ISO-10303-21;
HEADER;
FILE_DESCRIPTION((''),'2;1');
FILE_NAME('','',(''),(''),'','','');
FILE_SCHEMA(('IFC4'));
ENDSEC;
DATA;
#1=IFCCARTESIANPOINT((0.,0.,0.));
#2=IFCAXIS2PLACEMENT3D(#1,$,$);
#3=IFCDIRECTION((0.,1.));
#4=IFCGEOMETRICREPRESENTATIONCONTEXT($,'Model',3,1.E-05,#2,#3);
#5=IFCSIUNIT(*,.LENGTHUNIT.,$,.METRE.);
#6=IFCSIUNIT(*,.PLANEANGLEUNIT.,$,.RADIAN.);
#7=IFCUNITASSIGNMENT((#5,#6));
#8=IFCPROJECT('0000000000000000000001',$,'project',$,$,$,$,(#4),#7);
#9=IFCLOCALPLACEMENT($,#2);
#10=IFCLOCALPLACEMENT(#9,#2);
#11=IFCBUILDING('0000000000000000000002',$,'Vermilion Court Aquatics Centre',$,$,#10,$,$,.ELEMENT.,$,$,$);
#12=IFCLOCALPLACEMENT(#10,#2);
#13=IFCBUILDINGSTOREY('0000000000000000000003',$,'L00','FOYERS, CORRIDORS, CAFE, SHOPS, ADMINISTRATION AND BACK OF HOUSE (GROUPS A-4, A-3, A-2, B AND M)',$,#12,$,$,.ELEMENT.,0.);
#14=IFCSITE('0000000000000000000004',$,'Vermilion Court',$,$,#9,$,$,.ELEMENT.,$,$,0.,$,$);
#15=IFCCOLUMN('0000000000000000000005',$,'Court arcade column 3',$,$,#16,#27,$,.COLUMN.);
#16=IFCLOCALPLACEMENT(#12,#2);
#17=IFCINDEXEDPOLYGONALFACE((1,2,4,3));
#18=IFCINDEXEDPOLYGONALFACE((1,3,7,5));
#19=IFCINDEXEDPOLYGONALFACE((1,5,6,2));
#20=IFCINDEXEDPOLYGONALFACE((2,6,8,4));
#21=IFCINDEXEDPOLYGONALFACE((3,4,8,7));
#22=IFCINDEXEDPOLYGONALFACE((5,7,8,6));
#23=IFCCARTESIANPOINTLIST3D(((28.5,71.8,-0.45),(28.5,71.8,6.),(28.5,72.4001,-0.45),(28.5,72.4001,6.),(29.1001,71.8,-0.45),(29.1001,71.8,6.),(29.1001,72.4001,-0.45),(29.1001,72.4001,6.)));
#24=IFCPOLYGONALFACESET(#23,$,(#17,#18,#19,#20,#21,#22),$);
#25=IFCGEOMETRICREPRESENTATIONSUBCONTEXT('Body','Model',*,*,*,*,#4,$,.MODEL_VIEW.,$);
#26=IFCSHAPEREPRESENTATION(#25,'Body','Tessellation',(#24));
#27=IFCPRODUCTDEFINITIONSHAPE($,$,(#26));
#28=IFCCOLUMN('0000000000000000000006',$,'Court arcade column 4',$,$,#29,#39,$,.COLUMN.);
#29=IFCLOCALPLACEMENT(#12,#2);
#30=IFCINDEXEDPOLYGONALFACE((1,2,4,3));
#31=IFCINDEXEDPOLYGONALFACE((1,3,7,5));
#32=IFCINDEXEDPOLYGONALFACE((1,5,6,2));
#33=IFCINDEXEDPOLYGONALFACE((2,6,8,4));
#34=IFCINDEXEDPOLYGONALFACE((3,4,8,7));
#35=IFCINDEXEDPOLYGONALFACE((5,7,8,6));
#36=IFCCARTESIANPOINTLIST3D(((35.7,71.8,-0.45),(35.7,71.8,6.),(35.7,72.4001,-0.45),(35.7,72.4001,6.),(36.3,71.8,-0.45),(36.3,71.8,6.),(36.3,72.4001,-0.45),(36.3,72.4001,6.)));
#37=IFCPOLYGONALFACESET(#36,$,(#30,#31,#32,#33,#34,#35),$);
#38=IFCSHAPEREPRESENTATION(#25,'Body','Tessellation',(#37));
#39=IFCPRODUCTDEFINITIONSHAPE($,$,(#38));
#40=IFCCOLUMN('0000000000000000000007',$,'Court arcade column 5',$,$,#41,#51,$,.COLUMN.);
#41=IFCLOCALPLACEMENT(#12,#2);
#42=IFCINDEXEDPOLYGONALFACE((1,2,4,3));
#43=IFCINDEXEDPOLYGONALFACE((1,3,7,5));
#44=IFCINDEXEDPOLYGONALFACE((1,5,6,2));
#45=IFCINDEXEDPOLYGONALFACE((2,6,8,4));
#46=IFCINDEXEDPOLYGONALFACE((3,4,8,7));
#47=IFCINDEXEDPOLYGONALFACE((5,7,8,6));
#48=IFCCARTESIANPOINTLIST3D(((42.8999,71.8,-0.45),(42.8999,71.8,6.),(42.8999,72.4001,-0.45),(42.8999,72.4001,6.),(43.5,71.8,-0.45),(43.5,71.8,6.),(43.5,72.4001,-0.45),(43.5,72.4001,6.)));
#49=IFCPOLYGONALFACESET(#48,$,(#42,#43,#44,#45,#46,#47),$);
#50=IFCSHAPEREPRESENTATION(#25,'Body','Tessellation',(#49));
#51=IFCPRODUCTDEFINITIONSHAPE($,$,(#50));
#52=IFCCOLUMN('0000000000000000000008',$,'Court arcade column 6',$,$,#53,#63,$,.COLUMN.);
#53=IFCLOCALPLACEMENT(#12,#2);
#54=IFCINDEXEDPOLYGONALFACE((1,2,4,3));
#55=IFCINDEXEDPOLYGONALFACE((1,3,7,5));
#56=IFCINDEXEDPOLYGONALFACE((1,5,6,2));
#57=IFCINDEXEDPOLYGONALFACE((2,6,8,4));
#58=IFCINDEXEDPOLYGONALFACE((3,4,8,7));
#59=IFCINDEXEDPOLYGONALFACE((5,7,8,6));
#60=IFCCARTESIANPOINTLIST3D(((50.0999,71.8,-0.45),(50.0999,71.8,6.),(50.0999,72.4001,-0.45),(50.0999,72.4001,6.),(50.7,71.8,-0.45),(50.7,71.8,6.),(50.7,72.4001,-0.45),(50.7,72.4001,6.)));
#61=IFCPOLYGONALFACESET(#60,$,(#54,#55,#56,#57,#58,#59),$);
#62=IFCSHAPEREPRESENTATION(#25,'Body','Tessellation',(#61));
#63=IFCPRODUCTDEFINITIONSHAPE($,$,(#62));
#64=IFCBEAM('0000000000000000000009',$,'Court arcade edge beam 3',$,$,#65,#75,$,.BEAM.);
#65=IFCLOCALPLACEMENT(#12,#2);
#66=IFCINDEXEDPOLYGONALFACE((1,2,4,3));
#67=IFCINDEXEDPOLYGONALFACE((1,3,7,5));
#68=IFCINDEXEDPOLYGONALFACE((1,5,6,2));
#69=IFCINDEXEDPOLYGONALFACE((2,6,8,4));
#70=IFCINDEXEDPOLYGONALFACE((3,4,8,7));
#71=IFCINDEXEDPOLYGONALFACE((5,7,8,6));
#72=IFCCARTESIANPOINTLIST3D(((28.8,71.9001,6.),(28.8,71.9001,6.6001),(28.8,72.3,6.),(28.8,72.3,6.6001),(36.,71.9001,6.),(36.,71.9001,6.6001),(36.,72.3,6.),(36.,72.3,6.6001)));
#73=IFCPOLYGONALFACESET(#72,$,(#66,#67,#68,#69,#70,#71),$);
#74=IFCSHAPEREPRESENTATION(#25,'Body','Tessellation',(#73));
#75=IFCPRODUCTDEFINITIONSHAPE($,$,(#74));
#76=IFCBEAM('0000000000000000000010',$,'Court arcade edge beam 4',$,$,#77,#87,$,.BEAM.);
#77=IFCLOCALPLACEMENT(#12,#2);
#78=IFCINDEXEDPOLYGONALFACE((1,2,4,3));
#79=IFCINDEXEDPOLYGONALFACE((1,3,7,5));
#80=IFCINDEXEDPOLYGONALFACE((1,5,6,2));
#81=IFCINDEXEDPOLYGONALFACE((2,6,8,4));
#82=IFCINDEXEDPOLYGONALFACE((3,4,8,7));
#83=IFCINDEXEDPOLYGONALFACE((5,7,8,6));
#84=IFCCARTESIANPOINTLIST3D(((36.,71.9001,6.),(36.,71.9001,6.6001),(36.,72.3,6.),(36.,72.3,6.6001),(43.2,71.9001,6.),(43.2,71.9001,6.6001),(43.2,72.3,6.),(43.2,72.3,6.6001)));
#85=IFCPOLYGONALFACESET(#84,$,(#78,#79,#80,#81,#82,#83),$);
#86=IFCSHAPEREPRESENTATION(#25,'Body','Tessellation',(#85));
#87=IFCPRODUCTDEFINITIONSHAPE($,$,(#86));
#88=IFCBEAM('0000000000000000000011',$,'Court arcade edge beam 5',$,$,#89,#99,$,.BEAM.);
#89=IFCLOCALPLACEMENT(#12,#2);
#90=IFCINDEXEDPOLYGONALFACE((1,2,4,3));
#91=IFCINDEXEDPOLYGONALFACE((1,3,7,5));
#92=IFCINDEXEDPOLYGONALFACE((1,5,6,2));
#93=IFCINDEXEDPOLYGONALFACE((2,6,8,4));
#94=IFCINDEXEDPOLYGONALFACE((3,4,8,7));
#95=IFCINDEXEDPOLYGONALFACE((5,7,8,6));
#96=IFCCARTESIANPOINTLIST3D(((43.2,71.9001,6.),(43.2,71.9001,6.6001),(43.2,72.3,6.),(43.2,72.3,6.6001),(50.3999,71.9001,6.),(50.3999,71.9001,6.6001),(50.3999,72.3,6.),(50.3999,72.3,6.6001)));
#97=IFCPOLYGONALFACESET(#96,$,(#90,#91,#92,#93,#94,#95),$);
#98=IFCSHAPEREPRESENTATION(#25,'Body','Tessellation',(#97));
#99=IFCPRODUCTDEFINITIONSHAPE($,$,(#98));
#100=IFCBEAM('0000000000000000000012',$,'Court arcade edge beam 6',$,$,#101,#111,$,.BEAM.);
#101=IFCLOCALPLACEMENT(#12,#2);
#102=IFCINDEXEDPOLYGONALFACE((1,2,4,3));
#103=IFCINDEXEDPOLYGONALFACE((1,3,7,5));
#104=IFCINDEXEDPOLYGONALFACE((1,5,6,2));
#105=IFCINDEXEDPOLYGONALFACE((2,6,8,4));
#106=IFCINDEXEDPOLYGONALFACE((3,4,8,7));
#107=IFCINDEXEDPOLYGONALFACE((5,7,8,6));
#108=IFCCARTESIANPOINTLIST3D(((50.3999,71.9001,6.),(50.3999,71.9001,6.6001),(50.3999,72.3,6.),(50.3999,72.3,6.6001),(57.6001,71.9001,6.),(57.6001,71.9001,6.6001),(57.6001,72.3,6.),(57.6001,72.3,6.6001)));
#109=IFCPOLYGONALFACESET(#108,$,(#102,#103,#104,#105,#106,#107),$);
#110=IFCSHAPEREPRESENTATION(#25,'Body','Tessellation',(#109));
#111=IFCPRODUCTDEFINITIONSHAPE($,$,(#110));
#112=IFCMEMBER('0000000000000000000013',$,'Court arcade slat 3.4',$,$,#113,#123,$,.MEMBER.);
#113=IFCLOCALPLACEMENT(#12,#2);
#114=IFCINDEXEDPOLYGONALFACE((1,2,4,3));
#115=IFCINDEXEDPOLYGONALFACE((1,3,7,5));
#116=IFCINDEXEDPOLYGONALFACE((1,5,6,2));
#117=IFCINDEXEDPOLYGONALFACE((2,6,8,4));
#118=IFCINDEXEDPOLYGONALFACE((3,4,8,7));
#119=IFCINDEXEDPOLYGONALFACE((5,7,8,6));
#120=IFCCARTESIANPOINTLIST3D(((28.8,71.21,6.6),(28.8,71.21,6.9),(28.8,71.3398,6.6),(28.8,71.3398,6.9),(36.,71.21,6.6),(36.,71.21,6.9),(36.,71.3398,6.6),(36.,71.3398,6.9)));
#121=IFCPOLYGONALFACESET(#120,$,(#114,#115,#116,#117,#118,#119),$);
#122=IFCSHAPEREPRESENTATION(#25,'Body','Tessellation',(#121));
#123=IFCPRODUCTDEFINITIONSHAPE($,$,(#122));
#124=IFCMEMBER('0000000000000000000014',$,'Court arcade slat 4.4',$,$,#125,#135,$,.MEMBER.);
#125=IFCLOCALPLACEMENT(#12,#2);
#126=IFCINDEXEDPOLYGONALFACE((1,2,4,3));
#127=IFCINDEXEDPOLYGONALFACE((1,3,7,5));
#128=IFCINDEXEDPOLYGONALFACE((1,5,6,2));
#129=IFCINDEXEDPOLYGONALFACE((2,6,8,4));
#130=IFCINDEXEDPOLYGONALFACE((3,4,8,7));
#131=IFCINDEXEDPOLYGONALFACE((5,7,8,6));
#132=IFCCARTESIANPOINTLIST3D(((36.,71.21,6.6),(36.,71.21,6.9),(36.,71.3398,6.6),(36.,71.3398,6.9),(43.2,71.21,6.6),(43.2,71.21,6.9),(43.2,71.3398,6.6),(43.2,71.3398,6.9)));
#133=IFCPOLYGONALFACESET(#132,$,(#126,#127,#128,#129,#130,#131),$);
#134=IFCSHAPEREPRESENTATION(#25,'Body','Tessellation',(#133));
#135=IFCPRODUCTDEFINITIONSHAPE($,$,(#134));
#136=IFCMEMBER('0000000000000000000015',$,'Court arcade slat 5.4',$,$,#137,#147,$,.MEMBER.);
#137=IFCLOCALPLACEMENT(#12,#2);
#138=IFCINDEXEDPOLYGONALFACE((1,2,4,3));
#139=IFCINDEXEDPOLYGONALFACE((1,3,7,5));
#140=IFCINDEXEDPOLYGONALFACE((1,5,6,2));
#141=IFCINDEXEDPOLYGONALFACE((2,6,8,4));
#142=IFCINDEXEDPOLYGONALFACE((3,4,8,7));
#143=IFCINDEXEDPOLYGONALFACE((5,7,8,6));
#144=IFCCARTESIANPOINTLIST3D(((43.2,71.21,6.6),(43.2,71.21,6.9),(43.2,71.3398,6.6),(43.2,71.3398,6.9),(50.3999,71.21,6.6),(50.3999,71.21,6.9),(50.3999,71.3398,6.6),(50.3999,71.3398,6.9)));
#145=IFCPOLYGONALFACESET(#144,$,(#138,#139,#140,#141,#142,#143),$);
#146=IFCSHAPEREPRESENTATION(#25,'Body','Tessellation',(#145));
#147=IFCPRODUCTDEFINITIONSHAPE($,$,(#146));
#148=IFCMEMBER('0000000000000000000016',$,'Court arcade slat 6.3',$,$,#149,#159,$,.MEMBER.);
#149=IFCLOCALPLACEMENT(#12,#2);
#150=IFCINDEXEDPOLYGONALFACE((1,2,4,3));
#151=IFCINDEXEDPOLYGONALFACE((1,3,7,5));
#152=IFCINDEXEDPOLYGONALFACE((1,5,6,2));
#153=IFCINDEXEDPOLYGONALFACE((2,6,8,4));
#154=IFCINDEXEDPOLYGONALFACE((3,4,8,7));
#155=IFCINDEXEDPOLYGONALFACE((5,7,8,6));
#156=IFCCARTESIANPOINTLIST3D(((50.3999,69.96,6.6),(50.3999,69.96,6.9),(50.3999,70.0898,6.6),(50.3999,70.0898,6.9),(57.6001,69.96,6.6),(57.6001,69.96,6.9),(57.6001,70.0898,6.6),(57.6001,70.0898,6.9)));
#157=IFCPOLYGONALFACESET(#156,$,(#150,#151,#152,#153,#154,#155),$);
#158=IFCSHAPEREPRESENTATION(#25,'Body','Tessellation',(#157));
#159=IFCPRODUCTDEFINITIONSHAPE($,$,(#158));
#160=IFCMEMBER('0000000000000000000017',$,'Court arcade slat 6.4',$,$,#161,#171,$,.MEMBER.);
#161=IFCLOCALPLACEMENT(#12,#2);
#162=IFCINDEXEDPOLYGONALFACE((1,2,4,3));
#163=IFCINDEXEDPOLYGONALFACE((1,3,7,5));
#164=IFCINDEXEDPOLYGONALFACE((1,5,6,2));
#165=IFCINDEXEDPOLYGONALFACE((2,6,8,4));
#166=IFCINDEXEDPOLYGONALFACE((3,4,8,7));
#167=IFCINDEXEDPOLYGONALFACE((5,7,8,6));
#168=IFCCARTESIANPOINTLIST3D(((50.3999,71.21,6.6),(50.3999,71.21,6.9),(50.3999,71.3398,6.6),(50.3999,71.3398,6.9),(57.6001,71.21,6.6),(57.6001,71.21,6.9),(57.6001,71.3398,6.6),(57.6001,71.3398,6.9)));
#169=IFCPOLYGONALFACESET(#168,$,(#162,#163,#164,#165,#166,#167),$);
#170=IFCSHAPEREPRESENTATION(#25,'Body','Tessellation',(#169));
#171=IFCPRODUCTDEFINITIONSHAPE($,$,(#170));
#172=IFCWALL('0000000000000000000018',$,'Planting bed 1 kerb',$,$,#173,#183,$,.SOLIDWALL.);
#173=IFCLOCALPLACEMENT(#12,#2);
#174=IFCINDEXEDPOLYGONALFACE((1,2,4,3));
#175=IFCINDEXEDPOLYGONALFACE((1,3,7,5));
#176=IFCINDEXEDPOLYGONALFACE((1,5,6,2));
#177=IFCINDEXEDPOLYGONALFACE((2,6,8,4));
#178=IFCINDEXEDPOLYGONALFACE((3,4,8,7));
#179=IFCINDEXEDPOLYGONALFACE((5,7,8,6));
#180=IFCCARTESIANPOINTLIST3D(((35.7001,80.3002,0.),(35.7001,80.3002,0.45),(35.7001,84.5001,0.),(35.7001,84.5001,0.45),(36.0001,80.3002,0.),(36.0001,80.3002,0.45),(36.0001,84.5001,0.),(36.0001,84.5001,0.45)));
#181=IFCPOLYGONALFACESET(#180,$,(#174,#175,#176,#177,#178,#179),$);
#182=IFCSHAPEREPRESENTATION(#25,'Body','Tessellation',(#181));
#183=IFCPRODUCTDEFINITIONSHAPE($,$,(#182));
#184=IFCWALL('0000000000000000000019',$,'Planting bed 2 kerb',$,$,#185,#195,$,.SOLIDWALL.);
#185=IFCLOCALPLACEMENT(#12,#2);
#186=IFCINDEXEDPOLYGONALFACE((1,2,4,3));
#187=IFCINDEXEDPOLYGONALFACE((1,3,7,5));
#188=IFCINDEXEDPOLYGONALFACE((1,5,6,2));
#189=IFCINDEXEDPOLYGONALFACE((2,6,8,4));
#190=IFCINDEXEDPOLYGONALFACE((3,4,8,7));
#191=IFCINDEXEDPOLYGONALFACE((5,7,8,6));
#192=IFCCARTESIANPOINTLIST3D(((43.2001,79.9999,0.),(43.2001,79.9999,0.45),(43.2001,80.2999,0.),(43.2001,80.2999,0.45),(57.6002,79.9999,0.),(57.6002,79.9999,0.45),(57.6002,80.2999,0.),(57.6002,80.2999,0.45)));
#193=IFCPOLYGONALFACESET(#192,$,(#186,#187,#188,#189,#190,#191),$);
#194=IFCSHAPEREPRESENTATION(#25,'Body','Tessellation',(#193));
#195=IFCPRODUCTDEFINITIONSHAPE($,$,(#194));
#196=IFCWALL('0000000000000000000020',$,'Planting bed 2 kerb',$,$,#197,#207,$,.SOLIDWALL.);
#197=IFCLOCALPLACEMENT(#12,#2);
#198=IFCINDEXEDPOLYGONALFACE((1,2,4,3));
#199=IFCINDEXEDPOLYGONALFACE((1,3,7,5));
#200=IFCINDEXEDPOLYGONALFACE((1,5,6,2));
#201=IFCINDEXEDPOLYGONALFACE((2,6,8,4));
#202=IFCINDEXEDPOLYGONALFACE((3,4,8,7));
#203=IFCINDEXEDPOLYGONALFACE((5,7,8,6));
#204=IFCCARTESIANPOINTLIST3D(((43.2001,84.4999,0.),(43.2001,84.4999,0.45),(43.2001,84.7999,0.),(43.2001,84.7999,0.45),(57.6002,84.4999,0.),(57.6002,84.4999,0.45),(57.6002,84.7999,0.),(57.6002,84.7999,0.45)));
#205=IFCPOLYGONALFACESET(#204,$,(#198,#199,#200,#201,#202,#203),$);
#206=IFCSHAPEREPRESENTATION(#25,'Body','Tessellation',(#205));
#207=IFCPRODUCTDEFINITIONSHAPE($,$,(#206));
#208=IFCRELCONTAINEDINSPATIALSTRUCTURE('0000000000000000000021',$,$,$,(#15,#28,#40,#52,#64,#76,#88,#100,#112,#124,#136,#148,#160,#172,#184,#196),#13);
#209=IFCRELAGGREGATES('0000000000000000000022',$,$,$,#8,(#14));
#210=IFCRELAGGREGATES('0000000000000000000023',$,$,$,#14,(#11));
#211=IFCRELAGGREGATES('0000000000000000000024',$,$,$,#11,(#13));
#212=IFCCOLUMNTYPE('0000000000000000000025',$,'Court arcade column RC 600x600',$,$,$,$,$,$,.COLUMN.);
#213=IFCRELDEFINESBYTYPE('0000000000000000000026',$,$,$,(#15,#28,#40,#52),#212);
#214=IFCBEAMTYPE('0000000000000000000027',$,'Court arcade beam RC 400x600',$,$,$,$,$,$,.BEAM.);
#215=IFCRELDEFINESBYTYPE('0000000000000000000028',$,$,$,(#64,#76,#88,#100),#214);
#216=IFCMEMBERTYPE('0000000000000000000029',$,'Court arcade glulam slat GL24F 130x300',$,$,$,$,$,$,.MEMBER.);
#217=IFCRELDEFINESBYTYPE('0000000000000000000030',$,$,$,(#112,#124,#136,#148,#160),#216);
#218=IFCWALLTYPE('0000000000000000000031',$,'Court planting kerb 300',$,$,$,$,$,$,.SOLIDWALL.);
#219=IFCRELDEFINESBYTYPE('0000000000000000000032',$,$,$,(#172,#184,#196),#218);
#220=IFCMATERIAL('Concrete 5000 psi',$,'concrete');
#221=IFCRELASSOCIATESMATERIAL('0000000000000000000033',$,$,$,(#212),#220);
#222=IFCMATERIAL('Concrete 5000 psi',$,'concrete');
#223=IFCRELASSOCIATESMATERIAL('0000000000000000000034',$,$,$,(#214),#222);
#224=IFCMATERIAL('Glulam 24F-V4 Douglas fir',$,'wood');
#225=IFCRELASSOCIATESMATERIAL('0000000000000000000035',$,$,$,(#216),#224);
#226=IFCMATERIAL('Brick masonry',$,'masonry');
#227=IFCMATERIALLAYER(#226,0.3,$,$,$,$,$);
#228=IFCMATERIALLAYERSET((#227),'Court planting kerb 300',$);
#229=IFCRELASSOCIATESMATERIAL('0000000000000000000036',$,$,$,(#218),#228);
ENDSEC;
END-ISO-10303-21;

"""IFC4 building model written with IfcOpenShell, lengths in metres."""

from ifc_helpers import new_model, si_unit, direction, frame, frame_2d, origin, origin_2d, place, context, subcontext, project, spatial, rectangle, extrude, material, layer, layer_set, material_profile, profile_set, type_object, element, save


model = new_model("IFC4")

# Units and contexts
model_context = context("Model", 3, precision=1e-05, world=origin(), true_north=direction((0.0, 1.0)))
body_context = subcontext(model_context, "Body", "Model", "MODEL_VIEW")
ifc_project = project(units=[si_unit("LENGTHUNIT", "METRE"), si_unit("PLANEANGLEUNIT", "RADIAN")], contexts=[model_context])

# Site, building, storey
site_placement = place(None, origin())
site = spatial("IfcSite", under=ifc_project, at=site_placement, Name="Vermilion Court", CompositionType="ELEMENT", RefElevation=0.0)
building_placement = place(site_placement, origin())
building = spatial("IfcBuilding", under=site, at=building_placement, Name="Vermilion Court Aquatics Centre", CompositionType="ELEMENT")
storey_placement = place(building_placement, origin())
storey = spatial("IfcBuildingStorey", under=building, at=storey_placement, Name="L00", Description="FOYERS, CORRIDORS, CAFE, SHOPS, ADMINISTRATION AND BACK OF HOUSE (GROUPS A-4, A-3, A-2, B AND M)", CompositionType="ELEMENT", Elevation=0.0)

# Columns
ifc_material_1 = material(Name="Concrete 5000 psi", Category="concrete")
ifc_material_profile_1 = material_profile(ifc_material_1, rectangle(XDim=0.6001, YDim=0.6001, at=origin_2d()), Name="RC 600x600")
ifc_profile_set_1 = profile_set([ifc_material_profile_1], Name="Concrete 5000 psi")
column_type = type_object("IfcColumnType", Name="Court arcade column RC 600x600", PredefinedType="COLUMN", material=ifc_profile_set_1)
for number, where, z_axis, x_axis, name in (
    (1, (28.8, 72.1001, -0.45), (0.0, 0.0, 1.0), (1.0, 0.0, 0.0), "Court arcade column 3"),
    (2, (36.0, 72.1001, -0.45), (0.0, 0.0, 1.0), (1.0, 0.0, 0.0), "Court arcade column 4"),
    (3, (43.2, 72.1001, -0.45), (0.0, 0.0, 1.0), (1.0, 0.0, 0.0), "Court arcade column 5"),
    (4, (50.3999, 72.1001, -0.45), (0.0, 0.0, 1.0), (1.0, 0.0, 0.0), "Court arcade column 6"),
):
    element("IfcColumn", number, at=place(storey_placement, frame(where, z_axis=z_axis, x_axis=x_axis)), inside=storey, type_object=column_type, Name=name, PredefinedType="COLUMN", context=body_context, shape_type="SweptSolid", body=[
        extrude(rectangle(XDim=0.6001, YDim=0.6001, at=origin_2d()), origin(), (0.0, 0.0, 1.0), 6.45),
    ])

# Beams
ifc_material_2 = material(Name="Concrete 5000 psi", Category="concrete")
ifc_material_profile_2 = material_profile(ifc_material_2, rectangle(XDim=0.3999, YDim=0.6001, at=origin_2d()), Name="RC 400x600")
ifc_profile_set_2 = profile_set([ifc_material_profile_2], Name="Concrete 5000 psi")
beam_type = type_object("IfcBeamType", Name="Court arcade beam RC 400x600", PredefinedType="BEAM", material=ifc_profile_set_2)
for number, where, z_axis, x_axis, name in (
    (5, (28.8, 72.1001, 6.3), (1.0, 0.0, 0.0), (0.0, 1.0, 0.0), "Court arcade edge beam 3"),
    (6, (36.0, 72.1001, 6.3), (1.0, 0.0, 0.0), (0.0, 1.0, 0.0), "Court arcade edge beam 4"),
    (7, (43.2, 72.1001, 6.3), (1.0, 0.0, 0.0), (0.0, 1.0, 0.0), "Court arcade edge beam 5"),
):
    element("IfcBeam", number, at=place(storey_placement, frame(where, z_axis=z_axis, x_axis=x_axis)), inside=storey, type_object=beam_type, Name=name, PredefinedType="BEAM", context=body_context, shape_type="SweptSolid", body=[
        extrude(rectangle(XDim=0.3999, YDim=0.6001, at=origin_2d()), origin(), (0.0, 0.0, 1.0), 7.2),
    ])
beam_placement = place(storey_placement, frame((50.3999, 72.1001, 6.3), z_axis=(1.0, 0.0, 0.0), x_axis=(0.0, 1.0, 0.0)))
element("IfcBeam", 8, at=beam_placement, inside=storey, type_object=beam_type, Name="Court arcade edge beam 6", PredefinedType="BEAM", context=body_context, shape_type="SweptSolid", body=[
    extrude(rectangle(XDim=0.3999, YDim=0.6001, at=origin_2d()), origin(), (0.0, 0.0, 1.0), 7.2002),
])

# Members
ifc_material_3 = material(Name="Glulam 24F-V4 Douglas fir", Category="wood")
ifc_material_profile_3 = material_profile(ifc_material_3, rectangle(XDim=0.1299, YDim=0.3, at=origin_2d()), Name="GL24F 130x300")
ifc_profile_set_3 = profile_set([ifc_material_profile_3], Name="Glulam 24F-V4 Douglas fir")
member_type = type_object("IfcMemberType", Name="Court arcade glulam slat GL24F 130x300", PredefinedType="MEMBER", material=ifc_profile_set_3)
for number, where, z_axis, x_axis, name in (
    (9, (28.8, 71.2749, 6.75), (1.0, 0.0, 0.0), (0.0, 1.0, 0.0), "Court arcade slat 3.4"),
    (10, (36.0, 71.2749, 6.75), (1.0, 0.0, 0.0), (0.0, 1.0, 0.0), "Court arcade slat 4.4"),
    (11, (43.2, 71.2749, 6.75), (1.0, 0.0, 0.0), (0.0, 1.0, 0.0), "Court arcade slat 5.4"),
):
    element("IfcMember", number, at=place(storey_placement, frame(where, z_axis=z_axis, x_axis=x_axis)), inside=storey, type_object=member_type, Name=name, PredefinedType="MEMBER", context=body_context, shape_type="SweptSolid", body=[
        extrude(rectangle(XDim=0.1299, YDim=0.3, at=origin_2d()), origin(), (0.0, 0.0, 1.0), 7.2),
    ])
for number, where, z_axis, x_axis, name in (
    (12, (50.3999, 70.0249, 6.75), (1.0, 0.0, 0.0), (0.0, 1.0, 0.0), "Court arcade slat 6.3"),
    (13, (50.3999, 71.2749, 6.75), (1.0, 0.0, 0.0), (0.0, 1.0, 0.0), "Court arcade slat 6.4"),
):
    element("IfcMember", number, at=place(storey_placement, frame(where, z_axis=z_axis, x_axis=x_axis)), inside=storey, type_object=member_type, Name=name, PredefinedType="MEMBER", context=body_context, shape_type="SweptSolid", body=[
        extrude(rectangle(XDim=0.1299, YDim=0.3, at=origin_2d()), origin(), (0.0, 0.0, 1.0), 7.2002),
    ])

# Walls
ifc_material_4 = material(Name="Brick masonry", Category="masonry")
ifc_layer = layer(ifc_material_4, 0.3)
ifc_layer_set = layer_set([ifc_layer], Name="Court planting kerb 300")
wall_type = type_object("IfcWallType", Name="Court planting kerb 300", PredefinedType="SOLIDWALL", material=ifc_layer_set)
wall_1_placement = place(storey_placement, frame((35.8501, 80.3, 0.0), z_axis=(0.0, 0.0, 1.0), x_axis=(0.0, 1.0, 0.0)))
element("IfcWall", 14, at=wall_1_placement, inside=storey, type_object=wall_type, Name="Planting bed 1 kerb", PredefinedType="SOLIDWALL", context=body_context, shape_type="SweptSolid", body=[
    extrude(rectangle(XDim=4.2, YDim=0.3, at=frame_2d((2.1001, 0.0))), origin(), (0.0, 0.0, 1.0), 0.45),
])
for number, where, z_axis, x_axis, name in (
    (15, (43.2, 80.1499, 0.0), (0.0, 0.0, 1.0), (1.0, 0.0, 0.0), "Planting bed 2 kerb"),
    (16, (43.2, 84.6499, 0.0), (0.0, 0.0, 1.0), (1.0, 0.0, 0.0), "Planting bed 2 kerb"),
):
    element("IfcWall", number, at=place(storey_placement, frame(where, z_axis=z_axis, x_axis=x_axis)), inside=storey, type_object=wall_type, Name=name, PredefinedType="SOLIDWALL", context=body_context, shape_type="SweptSolid", body=[
        extrude(rectangle(XDim=14.4001, YDim=0.3, at=frame_2d((7.2002, 0.0))), origin(), (0.0, 0.0, 1.0), 0.45),
    ])

save(model, "model.ifc")
